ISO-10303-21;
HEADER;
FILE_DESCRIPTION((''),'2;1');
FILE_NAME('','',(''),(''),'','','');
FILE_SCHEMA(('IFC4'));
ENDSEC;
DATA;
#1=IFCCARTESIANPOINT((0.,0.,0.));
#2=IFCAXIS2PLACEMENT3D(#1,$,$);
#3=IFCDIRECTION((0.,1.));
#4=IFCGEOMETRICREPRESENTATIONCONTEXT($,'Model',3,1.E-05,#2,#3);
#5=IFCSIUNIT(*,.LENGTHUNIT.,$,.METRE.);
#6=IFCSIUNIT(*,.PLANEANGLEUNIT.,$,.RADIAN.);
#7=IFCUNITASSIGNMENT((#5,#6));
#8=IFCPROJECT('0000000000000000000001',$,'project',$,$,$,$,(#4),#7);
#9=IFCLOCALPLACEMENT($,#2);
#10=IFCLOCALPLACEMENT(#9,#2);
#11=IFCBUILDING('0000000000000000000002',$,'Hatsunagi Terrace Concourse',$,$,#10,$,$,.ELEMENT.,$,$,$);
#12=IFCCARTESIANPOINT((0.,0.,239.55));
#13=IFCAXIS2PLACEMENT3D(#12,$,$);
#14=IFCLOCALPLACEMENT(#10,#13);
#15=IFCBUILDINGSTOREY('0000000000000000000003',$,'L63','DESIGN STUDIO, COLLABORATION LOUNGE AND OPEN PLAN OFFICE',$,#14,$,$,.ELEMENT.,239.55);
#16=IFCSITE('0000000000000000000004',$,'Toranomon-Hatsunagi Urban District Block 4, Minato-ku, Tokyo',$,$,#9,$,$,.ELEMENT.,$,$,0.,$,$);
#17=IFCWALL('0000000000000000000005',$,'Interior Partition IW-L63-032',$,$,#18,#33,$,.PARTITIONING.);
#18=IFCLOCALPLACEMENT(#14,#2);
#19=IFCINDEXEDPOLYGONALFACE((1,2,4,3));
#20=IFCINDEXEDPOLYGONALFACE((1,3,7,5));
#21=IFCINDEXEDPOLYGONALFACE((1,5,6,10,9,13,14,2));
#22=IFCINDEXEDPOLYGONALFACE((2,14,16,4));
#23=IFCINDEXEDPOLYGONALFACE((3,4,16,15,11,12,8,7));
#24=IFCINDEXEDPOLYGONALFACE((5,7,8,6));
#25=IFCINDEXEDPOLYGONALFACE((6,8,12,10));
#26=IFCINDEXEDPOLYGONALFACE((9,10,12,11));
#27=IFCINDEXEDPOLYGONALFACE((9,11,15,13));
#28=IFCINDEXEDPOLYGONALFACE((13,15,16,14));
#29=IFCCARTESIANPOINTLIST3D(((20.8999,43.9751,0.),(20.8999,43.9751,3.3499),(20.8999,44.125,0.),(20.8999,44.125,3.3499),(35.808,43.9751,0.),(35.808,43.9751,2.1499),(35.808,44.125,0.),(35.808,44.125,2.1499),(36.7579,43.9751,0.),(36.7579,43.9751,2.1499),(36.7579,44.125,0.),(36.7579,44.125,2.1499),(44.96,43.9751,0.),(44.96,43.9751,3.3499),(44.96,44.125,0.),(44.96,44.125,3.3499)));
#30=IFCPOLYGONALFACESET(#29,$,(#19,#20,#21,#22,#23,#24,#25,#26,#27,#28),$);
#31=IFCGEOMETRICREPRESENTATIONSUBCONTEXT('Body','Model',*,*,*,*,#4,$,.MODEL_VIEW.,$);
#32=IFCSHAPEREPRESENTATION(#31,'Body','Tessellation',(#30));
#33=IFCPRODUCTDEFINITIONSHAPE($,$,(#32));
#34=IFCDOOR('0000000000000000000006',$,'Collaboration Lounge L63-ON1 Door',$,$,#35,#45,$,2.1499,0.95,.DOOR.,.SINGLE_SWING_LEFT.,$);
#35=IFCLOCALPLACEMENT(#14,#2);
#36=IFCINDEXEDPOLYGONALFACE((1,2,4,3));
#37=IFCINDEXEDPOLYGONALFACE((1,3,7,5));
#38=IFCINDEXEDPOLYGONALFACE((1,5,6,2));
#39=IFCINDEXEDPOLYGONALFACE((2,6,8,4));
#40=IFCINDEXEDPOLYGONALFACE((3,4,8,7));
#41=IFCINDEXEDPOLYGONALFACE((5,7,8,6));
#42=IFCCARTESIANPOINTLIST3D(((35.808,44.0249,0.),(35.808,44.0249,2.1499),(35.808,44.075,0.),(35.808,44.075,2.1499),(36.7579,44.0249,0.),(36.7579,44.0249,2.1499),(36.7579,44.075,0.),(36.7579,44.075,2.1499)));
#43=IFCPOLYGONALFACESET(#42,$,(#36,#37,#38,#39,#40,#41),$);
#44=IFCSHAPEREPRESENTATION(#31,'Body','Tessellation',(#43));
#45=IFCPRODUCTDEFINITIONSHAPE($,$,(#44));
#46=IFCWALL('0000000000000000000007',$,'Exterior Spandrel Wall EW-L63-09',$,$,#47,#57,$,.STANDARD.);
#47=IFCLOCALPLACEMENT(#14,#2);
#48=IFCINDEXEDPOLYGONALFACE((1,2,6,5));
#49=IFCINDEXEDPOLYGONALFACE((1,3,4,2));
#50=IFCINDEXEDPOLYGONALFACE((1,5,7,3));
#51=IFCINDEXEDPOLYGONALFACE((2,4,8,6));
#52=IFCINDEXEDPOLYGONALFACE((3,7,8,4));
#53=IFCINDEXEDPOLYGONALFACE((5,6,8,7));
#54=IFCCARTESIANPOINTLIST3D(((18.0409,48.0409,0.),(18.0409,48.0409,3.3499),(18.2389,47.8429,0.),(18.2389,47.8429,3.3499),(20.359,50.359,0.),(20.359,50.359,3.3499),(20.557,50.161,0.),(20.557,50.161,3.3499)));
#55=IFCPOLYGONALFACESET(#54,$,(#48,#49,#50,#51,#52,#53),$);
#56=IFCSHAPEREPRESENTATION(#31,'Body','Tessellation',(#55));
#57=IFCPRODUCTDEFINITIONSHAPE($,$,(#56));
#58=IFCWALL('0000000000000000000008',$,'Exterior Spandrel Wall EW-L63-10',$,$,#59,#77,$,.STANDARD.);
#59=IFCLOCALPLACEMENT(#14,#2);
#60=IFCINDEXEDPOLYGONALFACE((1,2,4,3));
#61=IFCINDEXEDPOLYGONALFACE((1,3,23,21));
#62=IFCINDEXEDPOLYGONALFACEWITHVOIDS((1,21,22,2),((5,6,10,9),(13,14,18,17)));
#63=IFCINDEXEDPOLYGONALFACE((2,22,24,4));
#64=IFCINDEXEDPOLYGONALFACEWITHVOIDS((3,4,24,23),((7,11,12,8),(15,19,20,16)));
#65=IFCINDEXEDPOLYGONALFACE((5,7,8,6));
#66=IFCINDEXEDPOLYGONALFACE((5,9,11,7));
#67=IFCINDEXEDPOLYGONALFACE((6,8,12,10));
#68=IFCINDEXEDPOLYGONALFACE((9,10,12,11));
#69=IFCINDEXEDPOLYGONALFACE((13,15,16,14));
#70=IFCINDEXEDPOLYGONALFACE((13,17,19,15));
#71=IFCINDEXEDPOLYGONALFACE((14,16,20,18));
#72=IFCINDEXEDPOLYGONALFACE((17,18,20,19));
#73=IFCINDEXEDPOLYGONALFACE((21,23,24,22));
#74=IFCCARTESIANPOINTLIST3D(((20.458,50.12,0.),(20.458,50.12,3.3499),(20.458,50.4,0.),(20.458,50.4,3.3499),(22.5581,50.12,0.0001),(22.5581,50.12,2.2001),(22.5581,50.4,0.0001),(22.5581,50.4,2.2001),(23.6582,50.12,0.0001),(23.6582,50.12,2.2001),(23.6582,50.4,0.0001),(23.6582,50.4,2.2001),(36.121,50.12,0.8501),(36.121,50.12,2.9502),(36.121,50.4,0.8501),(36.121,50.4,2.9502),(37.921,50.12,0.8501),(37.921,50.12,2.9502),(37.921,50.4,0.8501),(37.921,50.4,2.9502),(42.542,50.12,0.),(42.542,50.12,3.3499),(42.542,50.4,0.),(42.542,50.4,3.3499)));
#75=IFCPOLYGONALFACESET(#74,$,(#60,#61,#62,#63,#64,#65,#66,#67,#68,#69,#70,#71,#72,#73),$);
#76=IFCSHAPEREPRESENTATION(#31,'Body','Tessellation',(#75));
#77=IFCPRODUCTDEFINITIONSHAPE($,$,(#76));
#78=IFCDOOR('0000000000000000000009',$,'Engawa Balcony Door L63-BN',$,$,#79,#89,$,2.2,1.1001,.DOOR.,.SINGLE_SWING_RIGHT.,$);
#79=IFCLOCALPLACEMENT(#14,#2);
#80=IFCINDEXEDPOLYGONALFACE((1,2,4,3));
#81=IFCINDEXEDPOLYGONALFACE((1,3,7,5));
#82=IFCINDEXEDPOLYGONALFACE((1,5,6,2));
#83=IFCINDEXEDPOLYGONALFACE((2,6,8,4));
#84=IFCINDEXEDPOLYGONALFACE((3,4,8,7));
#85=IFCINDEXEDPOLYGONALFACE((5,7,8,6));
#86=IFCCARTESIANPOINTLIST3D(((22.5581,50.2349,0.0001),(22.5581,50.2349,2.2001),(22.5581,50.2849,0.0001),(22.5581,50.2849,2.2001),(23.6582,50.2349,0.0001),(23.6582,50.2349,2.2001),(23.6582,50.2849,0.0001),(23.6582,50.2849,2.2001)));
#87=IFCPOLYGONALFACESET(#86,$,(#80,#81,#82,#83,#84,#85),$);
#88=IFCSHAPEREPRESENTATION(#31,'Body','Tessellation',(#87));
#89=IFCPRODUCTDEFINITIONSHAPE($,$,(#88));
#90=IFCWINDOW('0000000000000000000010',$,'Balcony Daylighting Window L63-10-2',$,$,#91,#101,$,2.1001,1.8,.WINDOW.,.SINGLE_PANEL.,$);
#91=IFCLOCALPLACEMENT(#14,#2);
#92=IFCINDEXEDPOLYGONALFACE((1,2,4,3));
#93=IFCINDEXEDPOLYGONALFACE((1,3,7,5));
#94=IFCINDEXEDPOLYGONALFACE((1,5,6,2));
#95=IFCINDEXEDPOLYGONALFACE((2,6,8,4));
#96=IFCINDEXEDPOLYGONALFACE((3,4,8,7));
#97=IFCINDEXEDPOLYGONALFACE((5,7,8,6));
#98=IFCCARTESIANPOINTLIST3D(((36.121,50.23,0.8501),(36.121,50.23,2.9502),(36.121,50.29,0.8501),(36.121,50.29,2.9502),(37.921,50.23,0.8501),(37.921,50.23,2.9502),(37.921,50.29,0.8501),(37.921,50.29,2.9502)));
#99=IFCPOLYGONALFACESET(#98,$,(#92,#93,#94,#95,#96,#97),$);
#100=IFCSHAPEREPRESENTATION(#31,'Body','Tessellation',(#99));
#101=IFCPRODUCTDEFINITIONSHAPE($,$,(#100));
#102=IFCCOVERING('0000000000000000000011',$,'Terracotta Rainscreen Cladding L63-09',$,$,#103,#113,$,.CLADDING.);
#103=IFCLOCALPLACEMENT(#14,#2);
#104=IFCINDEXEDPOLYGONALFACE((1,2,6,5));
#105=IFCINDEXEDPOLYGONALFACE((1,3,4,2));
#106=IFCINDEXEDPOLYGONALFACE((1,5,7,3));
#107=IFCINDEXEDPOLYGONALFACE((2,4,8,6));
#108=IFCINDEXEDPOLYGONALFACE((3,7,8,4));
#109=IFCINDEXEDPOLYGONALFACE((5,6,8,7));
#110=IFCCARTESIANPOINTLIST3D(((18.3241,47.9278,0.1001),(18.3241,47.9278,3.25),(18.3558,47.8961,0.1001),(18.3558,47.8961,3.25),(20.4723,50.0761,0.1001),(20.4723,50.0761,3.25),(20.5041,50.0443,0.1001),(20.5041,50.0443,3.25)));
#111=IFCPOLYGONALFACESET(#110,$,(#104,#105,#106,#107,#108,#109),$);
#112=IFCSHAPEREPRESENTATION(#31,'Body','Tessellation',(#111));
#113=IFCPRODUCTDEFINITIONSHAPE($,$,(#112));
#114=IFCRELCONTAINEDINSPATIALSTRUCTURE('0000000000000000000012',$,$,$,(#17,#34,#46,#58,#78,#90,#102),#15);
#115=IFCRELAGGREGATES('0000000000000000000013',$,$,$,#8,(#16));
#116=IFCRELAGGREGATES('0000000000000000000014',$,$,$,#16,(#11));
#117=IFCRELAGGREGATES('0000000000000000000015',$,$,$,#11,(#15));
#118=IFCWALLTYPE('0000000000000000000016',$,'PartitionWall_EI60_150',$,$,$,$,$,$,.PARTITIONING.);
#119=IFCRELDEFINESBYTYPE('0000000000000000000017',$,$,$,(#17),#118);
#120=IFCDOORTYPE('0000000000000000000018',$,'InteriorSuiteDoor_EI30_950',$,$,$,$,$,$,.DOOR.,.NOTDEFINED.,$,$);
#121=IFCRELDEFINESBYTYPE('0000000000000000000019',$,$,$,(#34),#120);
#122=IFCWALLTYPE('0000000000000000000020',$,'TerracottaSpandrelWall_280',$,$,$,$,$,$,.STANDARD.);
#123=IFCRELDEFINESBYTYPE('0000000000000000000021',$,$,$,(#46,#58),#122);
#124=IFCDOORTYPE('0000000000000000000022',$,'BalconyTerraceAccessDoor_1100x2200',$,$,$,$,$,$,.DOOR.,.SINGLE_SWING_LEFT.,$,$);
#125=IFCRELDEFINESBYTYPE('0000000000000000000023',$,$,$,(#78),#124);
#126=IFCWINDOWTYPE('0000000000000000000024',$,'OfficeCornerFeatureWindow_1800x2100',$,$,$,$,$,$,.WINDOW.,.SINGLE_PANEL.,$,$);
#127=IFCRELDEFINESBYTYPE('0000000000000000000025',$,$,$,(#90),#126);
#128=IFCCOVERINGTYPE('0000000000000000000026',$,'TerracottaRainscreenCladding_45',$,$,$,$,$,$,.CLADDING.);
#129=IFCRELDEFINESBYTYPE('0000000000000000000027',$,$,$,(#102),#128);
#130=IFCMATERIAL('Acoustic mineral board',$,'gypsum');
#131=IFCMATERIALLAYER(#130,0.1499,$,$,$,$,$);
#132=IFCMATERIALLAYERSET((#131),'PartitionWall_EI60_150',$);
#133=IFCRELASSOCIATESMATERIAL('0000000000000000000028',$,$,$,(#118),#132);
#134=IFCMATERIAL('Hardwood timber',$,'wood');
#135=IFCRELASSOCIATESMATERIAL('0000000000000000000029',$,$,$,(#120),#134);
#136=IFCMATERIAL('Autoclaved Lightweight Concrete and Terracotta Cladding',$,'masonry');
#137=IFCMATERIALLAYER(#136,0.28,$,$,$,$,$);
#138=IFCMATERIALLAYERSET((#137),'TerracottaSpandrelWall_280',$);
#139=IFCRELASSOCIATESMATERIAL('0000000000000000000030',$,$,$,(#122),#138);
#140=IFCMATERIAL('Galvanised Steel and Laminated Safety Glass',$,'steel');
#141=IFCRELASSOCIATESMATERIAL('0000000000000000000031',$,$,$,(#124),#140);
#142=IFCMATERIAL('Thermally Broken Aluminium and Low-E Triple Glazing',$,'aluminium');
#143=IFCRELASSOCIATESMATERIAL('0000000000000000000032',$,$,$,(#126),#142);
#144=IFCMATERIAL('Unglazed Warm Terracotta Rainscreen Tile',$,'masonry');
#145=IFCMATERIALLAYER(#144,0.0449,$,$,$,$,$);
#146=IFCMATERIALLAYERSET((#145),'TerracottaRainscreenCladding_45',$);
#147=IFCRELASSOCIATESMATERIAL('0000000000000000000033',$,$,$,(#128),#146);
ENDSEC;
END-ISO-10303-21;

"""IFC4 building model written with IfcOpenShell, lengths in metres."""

from ifc_helpers import new_model, si_unit, direction, frame, frame_2d, origin, origin_2d, place, context, subcontext, project, spatial, rectangle, extrude, material, layer, layer_set, type_object, element, fill, save


model = new_model("IFC4")

# Units and contexts
model_context = context("Model", 3, precision=1e-05, world=origin(), true_north=direction((0.0, 1.0)))
body_context = subcontext(model_context, "Body", "Model", "MODEL_VIEW")
ifc_project = project(units=[si_unit("LENGTHUNIT", "METRE"), si_unit("PLANEANGLEUNIT", "RADIAN")], contexts=[model_context])

# Site, building, storey
site_placement = place(None, origin())
site = spatial("IfcSite", under=ifc_project, at=site_placement, Name="Toranomon-Hatsunagi Urban District Block 4, Minato-ku, Tokyo", CompositionType="ELEMENT", RefElevation=0.0)
building_placement = place(site_placement, origin())
building = spatial("IfcBuilding", under=site, at=building_placement, Name="Hatsunagi Terrace Concourse", CompositionType="ELEMENT")
storey_placement = place(building_placement, frame((0.0, 0.0, 239.55)))
storey = spatial("IfcBuildingStorey", under=building, at=storey_placement, Name="L63", Description="DESIGN STUDIO, COLLABORATION LOUNGE AND OPEN PLAN OFFICE", CompositionType="ELEMENT", Elevation=239.55)

# Wall, opening, door
ifc_material_1 = material(Name="Acoustic mineral board", Category="gypsum")
ifc_layer_1 = layer(ifc_material_1, 0.1499)
ifc_layer_set_1 = layer_set([ifc_layer_1], Name="PartitionWall_EI60_150")
wall_type_1 = type_object("IfcWallType", Name="PartitionWall_EI60_150", PredefinedType="PARTITIONING", material=ifc_layer_set_1)
wall_1_placement = place(storey_placement, frame((20.8999, 44.05, 0.0), z_axis=(0.0, 0.0, 1.0), x_axis=(1.0, 0.0, 0.0)))
wall_1 = element("IfcWall", 1, at=wall_1_placement, inside=storey, type_object=wall_type_1, Name="Interior Partition IW-L63-032", PredefinedType="PARTITIONING", context=body_context, shape_type="SweptSolid", body=[
    extrude(rectangle(XDim=24.0601, YDim=0.1499, at=frame_2d((12.03, 0.0))), origin(), (0.0, 0.0, 1.0), 3.3499),
])
opening_1_placement = place(wall_1_placement, frame((14.908, 0.0, 0.0)))
opening_1 = element("IfcOpeningElement", 2, at=opening_1_placement, cuts=wall_1, PredefinedType="OPENING", context=body_context, shape_type="SweptSolid", body=[
    extrude(rectangle(XDim=0.95, YDim=2.1499, at=frame_2d((0.4751, 1.075))), frame((0.0, 0.085, 0.0), z_axis=(0.0, -1.0, 0.0), x_axis=(1.0, 0.0, 0.0)), (0.0, 0.0, 1.0), 0.1699),
])
ifc_material_2 = material(Name="Hardwood timber", Category="wood")
door_type_1 = type_object("IfcDoorType", Name="InteriorSuiteDoor_EI30_950", OperationType="NOTDEFINED", PredefinedType="DOOR", material=ifc_material_2)
door_1_placement = place(opening_1_placement, origin())
door_1 = element("IfcDoor", 3, at=door_1_placement, inside=storey, type_object=door_type_1, Name="Collaboration Lounge L63-ON1 Door", OperationType="SINGLE_SWING_LEFT", OverallHeight=2.1499, OverallWidth=0.95, PredefinedType="DOOR", context=body_context, shape_type="SweptSolid", body=[
    extrude(rectangle(XDim=0.95, YDim=2.1499, at=frame_2d((0.4751, 1.075))), frame((0.0, 0.0249, 0.0), z_axis=(0.0, -1.0, 0.0), x_axis=(1.0, 0.0, 0.0)), (0.0, 0.0, 1.0), 0.05),
])
fill(opening_1, door_1)

# Wall
ifc_material_3 = material(Name="Autoclaved Lightweight Concrete and Terracotta Cladding", Category="masonry")
ifc_layer_2 = layer(ifc_material_3, 0.28)
ifc_layer_set_2 = layer_set([ifc_layer_2], Name="TerracottaSpandrelWall_280")
wall_type_2 = type_object("IfcWallType", Name="TerracottaSpandrelWall_280", PredefinedType="STANDARD", material=ifc_layer_set_2)
wall_2_placement = place(storey_placement, frame((18.1399, 47.9419, 0.0), z_axis=(0.0, 0.0, 1.0), x_axis=(0.707107, 0.707107, 0.0)))
element("IfcWall", 4, at=wall_2_placement, inside=storey, type_object=wall_type_2, Name="Exterior Spandrel Wall EW-L63-09", PredefinedType="STANDARD", context=body_context, shape_type="SweptSolid", body=[
    extrude(rectangle(XDim=3.2783, YDim=0.28, at=frame_2d((1.6392, 0.0))), origin(), (0.0, 0.0, 1.0), 3.3499),
])

# Wall, openings, door, window
wall_3_placement = place(storey_placement, frame((20.458, 50.26, 0.0), z_axis=(0.0, 0.0, 1.0), x_axis=(1.0, 0.0, 0.0)))
wall_3 = element("IfcWall", 5, at=wall_3_placement, inside=storey, type_object=wall_type_2, Name="Exterior Spandrel Wall EW-L63-10", PredefinedType="STANDARD", context=body_context, shape_type="SweptSolid", body=[
    extrude(rectangle(XDim=22.084, YDim=0.28, at=frame_2d((11.042, 0.0))), origin(), (0.0, 0.0, 1.0), 3.3499),
])
opening_2_placement = place(wall_3_placement, frame((2.1001, 0.0, 0.0)))
opening_2 = element("IfcOpeningElement", 6, at=opening_2_placement, cuts=wall_3, PredefinedType="OPENING", context=body_context, shape_type="SweptSolid", body=[
    extrude(rectangle(XDim=1.1001, YDim=2.2, at=frame_2d((0.55, 1.1001))), frame((0.0, 0.1499, 0.0), z_axis=(0.0, -1.0, 0.0), x_axis=(1.0, 0.0, 0.0)), (0.0, 0.0, 1.0), 0.3),
])
opening_3_placement = place(wall_3_placement, frame((15.6631, 0.0, 0.8501)))
opening_3 = element("IfcOpeningElement", 7, at=opening_3_placement, cuts=wall_3, PredefinedType="OPENING", context=body_context, shape_type="SweptSolid", body=[
    extrude(rectangle(XDim=1.8, YDim=2.1001, at=frame_2d((0.8999, 1.05))), frame((0.0, 0.1499, 0.0), z_axis=(0.0, -1.0, 0.0), x_axis=(1.0, 0.0, 0.0)), (0.0, 0.0, 1.0), 0.3),
])
ifc_material_4 = material(Name="Galvanised Steel and Laminated Safety Glass", Category="steel")
door_type_2 = type_object("IfcDoorType", Name="BalconyTerraceAccessDoor_1100x2200", OperationType="SINGLE_SWING_LEFT", PredefinedType="DOOR", material=ifc_material_4)
door_2_placement = place(opening_2_placement, origin())
door_2 = element("IfcDoor", 8, at=door_2_placement, inside=storey, type_object=door_type_2, Name="Engawa Balcony Door L63-BN", OperationType="SINGLE_SWING_RIGHT", OverallHeight=2.2, OverallWidth=1.1001, PredefinedType="DOOR", context=body_context, shape_type="SweptSolid", body=[
    extrude(rectangle(XDim=1.1001, YDim=2.2, at=frame_2d((0.55, 1.1001))), frame((0.0, 0.0249, 0.0), z_axis=(0.0, -1.0, 0.0), x_axis=(1.0, 0.0, 0.0)), (0.0, 0.0, 1.0), 0.05),
])
fill(opening_2, door_2)
ifc_material_5 = material(Name="Thermally Broken Aluminium and Low-E Triple Glazing", Category="aluminium")
window_type = type_object("IfcWindowType", Name="OfficeCornerFeatureWindow_1800x2100", PartitioningType="SINGLE_PANEL", PredefinedType="WINDOW", material=ifc_material_5)
window_placement = place(opening_3_placement, origin())
window = element("IfcWindow", 9, at=window_placement, inside=storey, type_object=window_type, Name="Balcony Daylighting Window L63-10-2", OverallHeight=2.1001, OverallWidth=1.8, PartitioningType="SINGLE_PANEL", PredefinedType="WINDOW", context=body_context, shape_type="SweptSolid", body=[
    extrude(rectangle(XDim=1.8, YDim=2.1001, at=frame_2d((0.8999, 1.05))), frame((0.0, 0.03, 0.0), z_axis=(0.0, -1.0, 0.0), x_axis=(1.0, 0.0, 0.0)), (0.0, 0.0, 1.0), 0.0601),
])
fill(opening_3, window)

# Covering
ifc_material_6 = material(Name="Unglazed Warm Terracotta Rainscreen Tile", Category="masonry")
ifc_layer_3 = layer(ifc_material_6, 0.0449)
ifc_layer_set_3 = layer_set([ifc_layer_3], Name="TerracottaRainscreenCladding_45")
covering_type = type_object("IfcCoveringType", Name="TerracottaRainscreenCladding_45", PredefinedType="CLADDING", material=ifc_layer_set_3)
covering_placement = place(storey_placement, frame((19.4141, 48.9861, 0.1001), z_axis=(0.0, 0.0, 1.0), x_axis=(0.707107, 0.707107, 0.0)))
element("IfcCovering", 10, at=covering_placement, inside=storey, type_object=covering_type, Name="Terracotta Rainscreen Cladding L63-09", PredefinedType="CLADDING", context=body_context, shape_type="SweptSolid", body=[
    extrude(rectangle(XDim=3.0381, YDim=0.0449, at=origin_2d()), origin(), (0.0, 0.0, 1.0), 3.1499),
])

save(model, "model.ifc")
